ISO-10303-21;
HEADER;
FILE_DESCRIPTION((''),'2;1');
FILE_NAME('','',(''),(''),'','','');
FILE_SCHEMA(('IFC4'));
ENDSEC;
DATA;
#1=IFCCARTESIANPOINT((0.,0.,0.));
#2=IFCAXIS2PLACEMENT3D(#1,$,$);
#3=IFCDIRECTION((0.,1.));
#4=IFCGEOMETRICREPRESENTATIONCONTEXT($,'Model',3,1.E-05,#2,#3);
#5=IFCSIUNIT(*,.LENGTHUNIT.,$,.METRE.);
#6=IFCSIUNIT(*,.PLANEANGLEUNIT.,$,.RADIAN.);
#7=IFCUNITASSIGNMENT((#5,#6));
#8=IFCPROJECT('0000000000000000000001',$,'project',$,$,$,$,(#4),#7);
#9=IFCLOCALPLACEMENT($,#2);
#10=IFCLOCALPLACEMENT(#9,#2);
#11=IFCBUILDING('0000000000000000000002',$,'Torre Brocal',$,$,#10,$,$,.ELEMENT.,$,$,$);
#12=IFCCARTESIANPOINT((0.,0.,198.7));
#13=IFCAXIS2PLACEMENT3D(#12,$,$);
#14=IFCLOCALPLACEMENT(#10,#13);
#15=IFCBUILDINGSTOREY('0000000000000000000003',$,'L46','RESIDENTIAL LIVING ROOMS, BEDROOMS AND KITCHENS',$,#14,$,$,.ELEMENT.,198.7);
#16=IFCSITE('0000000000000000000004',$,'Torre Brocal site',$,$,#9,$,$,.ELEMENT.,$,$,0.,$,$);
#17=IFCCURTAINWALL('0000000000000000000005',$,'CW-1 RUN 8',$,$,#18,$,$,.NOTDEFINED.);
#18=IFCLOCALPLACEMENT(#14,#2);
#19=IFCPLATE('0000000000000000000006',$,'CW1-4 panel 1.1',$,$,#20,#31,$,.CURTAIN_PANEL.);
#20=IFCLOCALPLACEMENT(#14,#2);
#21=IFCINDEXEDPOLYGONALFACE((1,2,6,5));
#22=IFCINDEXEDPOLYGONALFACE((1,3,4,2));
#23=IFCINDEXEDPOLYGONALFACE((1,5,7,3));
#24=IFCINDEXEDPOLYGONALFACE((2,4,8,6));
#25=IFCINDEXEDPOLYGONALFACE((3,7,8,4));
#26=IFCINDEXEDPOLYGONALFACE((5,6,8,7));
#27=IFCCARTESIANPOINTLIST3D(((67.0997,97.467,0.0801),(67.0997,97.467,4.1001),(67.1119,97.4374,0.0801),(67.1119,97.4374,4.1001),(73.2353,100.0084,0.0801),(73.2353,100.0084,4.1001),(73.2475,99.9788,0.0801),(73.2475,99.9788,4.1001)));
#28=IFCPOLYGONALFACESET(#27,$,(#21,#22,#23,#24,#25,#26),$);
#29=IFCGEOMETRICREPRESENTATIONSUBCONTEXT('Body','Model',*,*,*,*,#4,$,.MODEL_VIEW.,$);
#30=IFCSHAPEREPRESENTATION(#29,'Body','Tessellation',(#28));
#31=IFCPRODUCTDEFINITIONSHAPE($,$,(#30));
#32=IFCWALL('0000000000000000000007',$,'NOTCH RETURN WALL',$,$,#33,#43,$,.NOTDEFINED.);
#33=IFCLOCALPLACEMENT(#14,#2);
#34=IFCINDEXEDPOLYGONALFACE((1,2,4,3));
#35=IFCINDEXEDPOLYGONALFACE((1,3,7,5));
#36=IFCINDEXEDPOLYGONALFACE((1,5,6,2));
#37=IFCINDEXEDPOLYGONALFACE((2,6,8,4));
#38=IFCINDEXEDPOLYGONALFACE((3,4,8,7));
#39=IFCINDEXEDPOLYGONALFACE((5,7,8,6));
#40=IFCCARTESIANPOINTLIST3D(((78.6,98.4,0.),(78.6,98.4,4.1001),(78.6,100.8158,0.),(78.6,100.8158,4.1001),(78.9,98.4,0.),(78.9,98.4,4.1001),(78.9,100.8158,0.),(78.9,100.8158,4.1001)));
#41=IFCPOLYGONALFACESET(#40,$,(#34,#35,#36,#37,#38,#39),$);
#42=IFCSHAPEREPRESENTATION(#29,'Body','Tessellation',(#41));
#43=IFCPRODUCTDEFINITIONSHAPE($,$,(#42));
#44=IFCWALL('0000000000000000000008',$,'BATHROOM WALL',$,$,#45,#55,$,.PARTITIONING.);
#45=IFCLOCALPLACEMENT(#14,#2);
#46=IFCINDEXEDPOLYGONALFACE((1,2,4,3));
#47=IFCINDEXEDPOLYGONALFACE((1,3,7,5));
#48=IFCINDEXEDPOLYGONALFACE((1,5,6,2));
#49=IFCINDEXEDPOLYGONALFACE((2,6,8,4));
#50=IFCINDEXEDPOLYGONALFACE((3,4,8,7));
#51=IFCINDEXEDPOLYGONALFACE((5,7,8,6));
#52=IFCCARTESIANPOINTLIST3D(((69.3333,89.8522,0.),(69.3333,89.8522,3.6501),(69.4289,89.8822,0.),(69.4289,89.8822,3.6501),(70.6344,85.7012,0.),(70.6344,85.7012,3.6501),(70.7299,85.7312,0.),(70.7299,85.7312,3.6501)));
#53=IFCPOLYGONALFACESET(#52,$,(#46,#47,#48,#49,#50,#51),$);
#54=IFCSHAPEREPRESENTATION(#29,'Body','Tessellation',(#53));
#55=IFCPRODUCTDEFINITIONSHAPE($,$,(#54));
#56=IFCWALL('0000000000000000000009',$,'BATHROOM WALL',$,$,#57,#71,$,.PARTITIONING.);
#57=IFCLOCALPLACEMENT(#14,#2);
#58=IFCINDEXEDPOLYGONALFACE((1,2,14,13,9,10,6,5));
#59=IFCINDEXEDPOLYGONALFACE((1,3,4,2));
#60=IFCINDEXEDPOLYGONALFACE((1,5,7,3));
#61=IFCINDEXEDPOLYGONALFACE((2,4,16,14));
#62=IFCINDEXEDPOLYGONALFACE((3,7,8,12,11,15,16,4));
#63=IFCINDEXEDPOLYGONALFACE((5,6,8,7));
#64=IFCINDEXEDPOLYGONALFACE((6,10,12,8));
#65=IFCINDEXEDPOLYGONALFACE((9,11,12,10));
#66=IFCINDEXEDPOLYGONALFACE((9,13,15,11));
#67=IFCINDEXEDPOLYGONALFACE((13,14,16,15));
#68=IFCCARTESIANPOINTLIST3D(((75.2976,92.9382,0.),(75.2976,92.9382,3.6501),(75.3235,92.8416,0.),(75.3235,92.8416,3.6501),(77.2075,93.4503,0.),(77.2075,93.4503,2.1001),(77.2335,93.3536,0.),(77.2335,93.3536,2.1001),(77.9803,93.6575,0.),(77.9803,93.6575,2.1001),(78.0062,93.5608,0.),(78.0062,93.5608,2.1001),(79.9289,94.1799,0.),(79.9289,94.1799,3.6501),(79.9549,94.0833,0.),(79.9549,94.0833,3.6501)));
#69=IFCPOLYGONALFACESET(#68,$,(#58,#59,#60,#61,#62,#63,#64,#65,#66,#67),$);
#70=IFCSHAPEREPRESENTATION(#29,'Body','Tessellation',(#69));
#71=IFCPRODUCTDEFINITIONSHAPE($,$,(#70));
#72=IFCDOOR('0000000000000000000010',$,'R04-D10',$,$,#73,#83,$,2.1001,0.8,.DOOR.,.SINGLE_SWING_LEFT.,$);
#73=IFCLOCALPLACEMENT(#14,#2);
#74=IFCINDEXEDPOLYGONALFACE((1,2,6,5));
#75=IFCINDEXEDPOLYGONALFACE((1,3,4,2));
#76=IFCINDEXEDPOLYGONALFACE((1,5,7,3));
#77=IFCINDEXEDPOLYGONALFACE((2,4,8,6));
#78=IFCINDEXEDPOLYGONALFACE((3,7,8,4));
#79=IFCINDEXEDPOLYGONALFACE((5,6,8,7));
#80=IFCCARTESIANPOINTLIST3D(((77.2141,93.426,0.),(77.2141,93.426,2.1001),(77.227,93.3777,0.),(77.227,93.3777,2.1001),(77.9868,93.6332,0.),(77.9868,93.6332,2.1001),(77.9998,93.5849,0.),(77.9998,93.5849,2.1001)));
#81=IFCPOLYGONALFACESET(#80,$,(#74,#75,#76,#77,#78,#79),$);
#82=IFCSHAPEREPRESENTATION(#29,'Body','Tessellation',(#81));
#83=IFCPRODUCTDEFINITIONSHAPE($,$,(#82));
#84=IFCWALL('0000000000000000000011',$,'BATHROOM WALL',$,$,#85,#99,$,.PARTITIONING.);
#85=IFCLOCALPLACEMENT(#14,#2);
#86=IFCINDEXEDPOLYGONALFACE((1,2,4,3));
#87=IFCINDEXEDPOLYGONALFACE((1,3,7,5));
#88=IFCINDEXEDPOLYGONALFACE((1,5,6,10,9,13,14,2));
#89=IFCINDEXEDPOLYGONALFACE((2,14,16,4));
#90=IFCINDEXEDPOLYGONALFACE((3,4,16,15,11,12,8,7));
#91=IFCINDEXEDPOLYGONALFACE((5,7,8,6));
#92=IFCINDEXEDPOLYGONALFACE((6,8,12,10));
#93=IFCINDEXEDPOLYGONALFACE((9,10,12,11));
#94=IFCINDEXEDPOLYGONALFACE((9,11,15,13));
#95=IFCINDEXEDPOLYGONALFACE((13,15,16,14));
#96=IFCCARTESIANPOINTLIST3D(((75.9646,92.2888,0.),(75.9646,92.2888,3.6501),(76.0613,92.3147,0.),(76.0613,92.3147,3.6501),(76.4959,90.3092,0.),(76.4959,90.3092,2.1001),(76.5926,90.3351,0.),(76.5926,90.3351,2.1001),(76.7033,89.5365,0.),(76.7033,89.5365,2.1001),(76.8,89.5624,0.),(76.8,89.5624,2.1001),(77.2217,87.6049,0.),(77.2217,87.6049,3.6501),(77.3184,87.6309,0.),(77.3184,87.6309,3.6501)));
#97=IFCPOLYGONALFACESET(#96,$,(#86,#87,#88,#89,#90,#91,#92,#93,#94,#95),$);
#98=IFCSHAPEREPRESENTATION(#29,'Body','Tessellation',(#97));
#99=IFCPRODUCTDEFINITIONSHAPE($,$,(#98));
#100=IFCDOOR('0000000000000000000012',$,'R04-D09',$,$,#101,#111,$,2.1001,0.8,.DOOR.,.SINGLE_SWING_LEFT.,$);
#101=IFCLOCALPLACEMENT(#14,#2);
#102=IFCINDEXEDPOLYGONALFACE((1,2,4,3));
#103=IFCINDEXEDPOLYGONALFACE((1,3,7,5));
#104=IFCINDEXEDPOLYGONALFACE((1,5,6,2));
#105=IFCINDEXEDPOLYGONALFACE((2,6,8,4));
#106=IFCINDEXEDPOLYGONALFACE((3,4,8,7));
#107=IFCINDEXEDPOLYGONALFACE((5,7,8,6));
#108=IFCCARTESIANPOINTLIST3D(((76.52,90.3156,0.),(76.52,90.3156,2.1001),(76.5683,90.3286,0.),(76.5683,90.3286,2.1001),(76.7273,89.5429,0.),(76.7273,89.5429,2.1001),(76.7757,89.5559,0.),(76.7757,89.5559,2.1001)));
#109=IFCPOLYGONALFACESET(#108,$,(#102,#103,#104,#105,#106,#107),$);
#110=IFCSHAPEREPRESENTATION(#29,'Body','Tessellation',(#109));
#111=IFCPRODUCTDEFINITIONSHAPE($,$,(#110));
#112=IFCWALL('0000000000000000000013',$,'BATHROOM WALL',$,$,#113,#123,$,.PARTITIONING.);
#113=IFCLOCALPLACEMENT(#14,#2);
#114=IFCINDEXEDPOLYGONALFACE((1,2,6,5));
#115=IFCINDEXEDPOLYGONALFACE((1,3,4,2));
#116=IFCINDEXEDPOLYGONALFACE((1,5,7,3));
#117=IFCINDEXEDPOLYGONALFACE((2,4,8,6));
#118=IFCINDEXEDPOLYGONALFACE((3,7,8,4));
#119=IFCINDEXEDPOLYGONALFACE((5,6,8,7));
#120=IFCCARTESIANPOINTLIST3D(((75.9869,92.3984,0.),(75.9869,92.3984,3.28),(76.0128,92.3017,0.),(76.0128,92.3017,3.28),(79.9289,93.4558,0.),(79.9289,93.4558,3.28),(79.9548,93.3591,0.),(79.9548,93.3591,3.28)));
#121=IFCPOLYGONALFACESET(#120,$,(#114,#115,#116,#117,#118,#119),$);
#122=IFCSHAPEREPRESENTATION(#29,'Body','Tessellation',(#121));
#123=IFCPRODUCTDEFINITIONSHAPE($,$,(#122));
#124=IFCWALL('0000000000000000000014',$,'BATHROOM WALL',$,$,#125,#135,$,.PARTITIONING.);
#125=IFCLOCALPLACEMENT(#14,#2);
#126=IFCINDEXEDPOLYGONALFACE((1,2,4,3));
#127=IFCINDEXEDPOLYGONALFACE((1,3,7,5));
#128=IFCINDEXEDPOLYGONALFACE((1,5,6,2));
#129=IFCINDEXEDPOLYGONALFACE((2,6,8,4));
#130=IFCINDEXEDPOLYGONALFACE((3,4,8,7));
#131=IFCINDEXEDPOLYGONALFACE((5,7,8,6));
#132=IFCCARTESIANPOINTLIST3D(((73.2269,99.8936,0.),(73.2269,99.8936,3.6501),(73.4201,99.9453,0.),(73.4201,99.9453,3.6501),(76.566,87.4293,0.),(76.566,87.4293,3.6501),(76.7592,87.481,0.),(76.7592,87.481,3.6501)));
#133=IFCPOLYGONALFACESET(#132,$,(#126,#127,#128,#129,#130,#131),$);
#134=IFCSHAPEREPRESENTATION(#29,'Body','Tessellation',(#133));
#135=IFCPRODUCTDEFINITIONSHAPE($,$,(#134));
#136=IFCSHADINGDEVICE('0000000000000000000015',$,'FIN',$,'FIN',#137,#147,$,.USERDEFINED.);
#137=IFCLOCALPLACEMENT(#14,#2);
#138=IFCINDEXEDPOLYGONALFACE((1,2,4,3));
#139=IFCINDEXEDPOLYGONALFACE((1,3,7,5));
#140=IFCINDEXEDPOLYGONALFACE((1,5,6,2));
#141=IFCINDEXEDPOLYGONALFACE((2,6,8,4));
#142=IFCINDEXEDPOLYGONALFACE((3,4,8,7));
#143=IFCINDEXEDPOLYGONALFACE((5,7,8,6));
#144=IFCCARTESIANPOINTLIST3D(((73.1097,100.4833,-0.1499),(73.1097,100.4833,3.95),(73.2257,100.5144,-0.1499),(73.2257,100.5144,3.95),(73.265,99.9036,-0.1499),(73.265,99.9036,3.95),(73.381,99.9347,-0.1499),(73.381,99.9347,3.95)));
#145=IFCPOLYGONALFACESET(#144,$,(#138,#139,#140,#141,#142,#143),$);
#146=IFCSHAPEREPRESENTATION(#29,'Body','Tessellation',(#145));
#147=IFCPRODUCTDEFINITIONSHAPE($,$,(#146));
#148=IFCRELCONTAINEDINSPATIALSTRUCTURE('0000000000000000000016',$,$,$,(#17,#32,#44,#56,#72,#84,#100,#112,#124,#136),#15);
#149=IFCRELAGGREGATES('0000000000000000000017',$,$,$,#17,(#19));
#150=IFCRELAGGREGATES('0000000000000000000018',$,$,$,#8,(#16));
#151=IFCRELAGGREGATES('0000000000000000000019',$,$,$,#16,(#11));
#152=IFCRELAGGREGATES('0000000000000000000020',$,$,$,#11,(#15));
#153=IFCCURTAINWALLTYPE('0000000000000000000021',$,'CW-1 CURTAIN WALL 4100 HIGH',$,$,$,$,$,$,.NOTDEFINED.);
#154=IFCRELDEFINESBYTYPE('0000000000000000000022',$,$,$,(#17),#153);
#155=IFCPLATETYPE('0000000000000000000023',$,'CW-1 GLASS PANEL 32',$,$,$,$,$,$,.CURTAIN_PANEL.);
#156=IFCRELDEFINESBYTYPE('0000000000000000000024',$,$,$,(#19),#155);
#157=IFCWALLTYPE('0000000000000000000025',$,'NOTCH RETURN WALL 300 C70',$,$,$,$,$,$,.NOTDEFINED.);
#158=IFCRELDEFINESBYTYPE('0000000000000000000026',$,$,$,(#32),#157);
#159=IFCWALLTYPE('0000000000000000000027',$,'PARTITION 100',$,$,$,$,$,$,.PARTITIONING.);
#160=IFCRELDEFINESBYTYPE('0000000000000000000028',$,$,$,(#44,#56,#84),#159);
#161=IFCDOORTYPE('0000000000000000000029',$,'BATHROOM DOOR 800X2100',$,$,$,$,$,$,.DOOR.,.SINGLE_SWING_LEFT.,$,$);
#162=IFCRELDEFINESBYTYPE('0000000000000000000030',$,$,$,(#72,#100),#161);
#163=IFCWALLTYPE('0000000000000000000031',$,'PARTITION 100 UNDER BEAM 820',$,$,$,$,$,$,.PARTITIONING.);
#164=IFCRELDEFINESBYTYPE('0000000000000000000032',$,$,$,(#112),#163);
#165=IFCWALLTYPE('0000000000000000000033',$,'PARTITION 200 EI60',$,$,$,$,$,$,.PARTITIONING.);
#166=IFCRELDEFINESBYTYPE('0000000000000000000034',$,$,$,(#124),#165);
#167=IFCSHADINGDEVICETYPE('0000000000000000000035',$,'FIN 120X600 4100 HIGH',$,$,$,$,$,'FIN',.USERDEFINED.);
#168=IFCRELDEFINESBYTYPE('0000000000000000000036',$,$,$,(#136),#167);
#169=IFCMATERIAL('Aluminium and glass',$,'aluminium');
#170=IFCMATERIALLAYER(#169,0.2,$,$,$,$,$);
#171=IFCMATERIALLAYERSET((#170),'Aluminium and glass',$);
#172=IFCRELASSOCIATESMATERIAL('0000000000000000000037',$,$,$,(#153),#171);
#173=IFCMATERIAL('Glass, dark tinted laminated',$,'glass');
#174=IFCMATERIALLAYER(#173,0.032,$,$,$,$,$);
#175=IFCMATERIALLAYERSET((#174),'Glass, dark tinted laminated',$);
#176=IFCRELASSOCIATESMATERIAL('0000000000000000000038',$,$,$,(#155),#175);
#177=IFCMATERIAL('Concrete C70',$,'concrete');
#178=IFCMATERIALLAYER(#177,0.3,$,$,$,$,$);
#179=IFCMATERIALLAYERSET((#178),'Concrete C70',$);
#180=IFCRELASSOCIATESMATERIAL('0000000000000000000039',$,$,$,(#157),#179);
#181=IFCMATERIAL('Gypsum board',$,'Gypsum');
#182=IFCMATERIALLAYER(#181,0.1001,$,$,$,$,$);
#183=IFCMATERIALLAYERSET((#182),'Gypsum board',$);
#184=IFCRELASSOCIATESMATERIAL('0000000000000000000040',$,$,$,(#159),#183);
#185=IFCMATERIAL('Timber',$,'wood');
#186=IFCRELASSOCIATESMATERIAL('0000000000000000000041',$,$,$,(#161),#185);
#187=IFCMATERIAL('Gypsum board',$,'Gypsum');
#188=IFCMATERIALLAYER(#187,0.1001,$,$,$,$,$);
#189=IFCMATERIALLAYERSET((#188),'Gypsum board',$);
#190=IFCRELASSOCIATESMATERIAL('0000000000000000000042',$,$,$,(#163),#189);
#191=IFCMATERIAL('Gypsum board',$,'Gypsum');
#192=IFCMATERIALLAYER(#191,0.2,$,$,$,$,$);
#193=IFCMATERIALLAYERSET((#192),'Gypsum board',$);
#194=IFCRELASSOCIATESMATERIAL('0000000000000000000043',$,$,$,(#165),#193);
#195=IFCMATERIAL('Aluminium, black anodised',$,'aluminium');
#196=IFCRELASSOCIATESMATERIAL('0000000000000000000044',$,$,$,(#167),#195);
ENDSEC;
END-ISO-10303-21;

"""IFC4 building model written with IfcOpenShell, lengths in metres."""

from ifc_helpers import new_model, si_unit, direction, frame, frame_2d, origin, origin_2d, place, context, subcontext, project, spatial, rectangle, extrude, material, layer, layer_set, material_profile, profile_set, type_object, element, fill, aggregate, save


model = new_model("IFC4")

# Units and contexts
model_context = context("Model", 3, precision=1e-05, world=origin(), true_north=direction((0.0, 1.0)))
body_context = subcontext(model_context, "Body", "Model", "MODEL_VIEW")
ifc_project = project(units=[si_unit("LENGTHUNIT", "METRE"), si_unit("PLANEANGLEUNIT", "RADIAN")], contexts=[model_context])

# Site, building, storey
site_placement = place(None, origin())
site = spatial("IfcSite", under=ifc_project, at=site_placement, Name="Torre Brocal site", CompositionType="ELEMENT", RefElevation=0.0)
building_placement = place(site_placement, origin())
building = spatial("IfcBuilding", under=site, at=building_placement, Name="Torre Brocal", CompositionType="ELEMENT")
storey_placement = place(building_placement, frame((0.0, 0.0, 198.7)))
storey = spatial("IfcBuildingStorey", under=building, at=storey_placement, Name="L46", Description="RESIDENTIAL LIVING ROOMS, BEDROOMS AND KITCHENS", CompositionType="ELEMENT", Elevation=198.7)

# Shared definitions
ifc_material_1 = material(Name="Aluminium and glass", Category="aluminium")
ifc_layer_1 = layer(ifc_material_1, 0.2)
ifc_layer_set_1 = layer_set([ifc_layer_1], Name="Aluminium and glass")
curtain_wall_type = type_object("IfcCurtainWallType", Name="CW-1 CURTAIN WALL 4100 HIGH", PredefinedType="NOTDEFINED", material=ifc_layer_set_1)

# Curtain wall
curtain_wall_1_placement = place(storey_placement, origin())
curtain_wall_1 = element("IfcCurtainWall", 1, at=curtain_wall_1_placement, inside=storey, type_object=curtain_wall_type, Name="CW-1 RUN 8", PredefinedType="NOTDEFINED")

# Plate
ifc_material_2 = material(Name="Glass, dark tinted laminated", Category="glass")
ifc_layer_2 = layer(ifc_material_2, 0.032)
ifc_layer_set_2 = layer_set([ifc_layer_2], Name="Glass, dark tinted laminated")
plate_type = type_object("IfcPlateType", Name="CW-1 GLASS PANEL 32", PredefinedType="CURTAIN_PANEL", material=ifc_layer_set_2)
plate_1_placement = place(storey_placement, frame((70.1736, 98.7229, 0.0801), z_axis=(0.0, 0.0, 1.0), x_axis=(-0.92388, -0.382683, 0.0)))
plate_1 = element("IfcPlate", 2, at=plate_1_placement, type_object=plate_type, Name="CW1-4 panel 1.1", PredefinedType="CURTAIN_PANEL", context=body_context, shape_type="SweptSolid", body=[
    extrude(rectangle(XDim=6.6411, YDim=0.032, at=origin_2d()), origin(), (0.0, 0.0, 1.0), 4.02),
])
aggregate(curtain_wall_1, [plate_1])

# Walls
ifc_material_3 = material(Name="Concrete C70", Category="concrete")
ifc_layer_3 = layer(ifc_material_3, 0.3)
ifc_layer_set_3 = layer_set([ifc_layer_3], Name="Concrete C70")
wall_type_1 = type_object("IfcWallType", Name="NOTCH RETURN WALL 300 C70", PredefinedType="NOTDEFINED", material=ifc_layer_set_3)
wall_1_placement = place(storey_placement, frame((78.75, 98.3999, 0.0), z_axis=(0.0, 0.0, 1.0), x_axis=(0.0, 1.0, 0.0)))
element("IfcWall", 3, at=wall_1_placement, inside=storey, type_object=wall_type_1, Name="NOTCH RETURN WALL", PredefinedType="NOTDEFINED", context=body_context, shape_type="SweptSolid", body=[
    extrude(rectangle(XDim=2.4158, YDim=0.3, at=frame_2d((1.208, 0.0))), origin(), (0.0, 0.0, 1.0), 4.1001),
])
ifc_material_4 = material(Name="Gypsum board", Category="Gypsum")
ifc_layer_4 = layer(ifc_material_4, 0.1001)
ifc_layer_set_4 = layer_set([ifc_layer_4], Name="Gypsum board")
wall_type_2 = type_object("IfcWallType", Name="PARTITION 100", PredefinedType="PARTITIONING", material=ifc_layer_set_4)
wall_2_placement = place(storey_placement, frame((69.3811, 89.8672, 0.0), z_axis=(0.0, 0.0, 1.0), x_axis=(0.299087, -0.954226, 0.0)))
element("IfcWall", 4, at=wall_2_placement, inside=storey, type_object=wall_type_2, Name="BATHROOM WALL", PredefinedType="PARTITIONING", context=body_context, shape_type="SweptSolid", body=[
    extrude(rectangle(XDim=4.3501, YDim=0.1001, at=frame_2d((2.175, 0.0))), origin(), (0.0, 0.0, 1.0), 3.6501),
])

# Walls, openings, doors
wall_3_placement = place(storey_placement, frame((75.3105, 92.8899, 0.0), z_axis=(0.0, 0.0, 1.0), x_axis=(0.965888, 0.258962, 0.0)))
wall_3 = element("IfcWall", 5, at=wall_3_placement, inside=storey, type_object=wall_type_2, Name="BATHROOM WALL", PredefinedType="PARTITIONING", context=body_context, shape_type="SweptSolid", body=[
    extrude(rectangle(XDim=4.7949, YDim=0.1001, at=frame_2d((2.3975, 0.0))), origin(), (0.0, 0.0, 1.0), 3.6501),
])
opening_1_placement = place(wall_3_placement, frame((1.9775, 0.0, 0.0)))
opening_1 = element("IfcOpeningElement", 6, at=opening_1_placement, cuts=wall_3, PredefinedType="OPENING", context=body_context, shape_type="SweptSolid", body=[
    extrude(rectangle(XDim=0.8, YDim=2.1001, at=frame_2d((0.3999, 1.05))), frame((0.0, 0.0601, 0.0), z_axis=(0.0, -1.0, 0.0), x_axis=(1.0, 0.0, 0.0)), (0.0, 0.0, 1.0), 0.1201),
])
ifc_material_5 = material(Name="Timber", Category="wood")
door_type = type_object("IfcDoorType", Name="BATHROOM DOOR 800X2100", OperationType="SINGLE_SWING_LEFT", PredefinedType="DOOR", material=ifc_material_5)
door_1_placement = place(opening_1_placement, origin())
door_1 = element("IfcDoor", 7, at=door_1_placement, inside=storey, type_object=door_type, Name="R04-D10", OperationType="SINGLE_SWING_LEFT", OverallHeight=2.1001, OverallWidth=0.8, PredefinedType="DOOR", context=body_context, shape_type="SweptSolid", body=[
    extrude(rectangle(XDim=0.8, YDim=2.1001, at=frame_2d((0.3999, 1.05))), frame((0.0, 0.0249, 0.0), z_axis=(0.0, -1.0, 0.0), x_axis=(1.0, 0.0, 0.0)), (0.0, 0.0, 1.0), 0.05),
])
fill(opening_1, door_1)
wall_4_placement = place(storey_placement, frame((76.0129, 92.3018, 0.0), z_axis=(0.0, 0.0, 1.0), x_axis=(0.259213, -0.96582, 0.0)))
wall_4 = element("IfcWall", 8, at=wall_4_placement, inside=storey, type_object=wall_type_2, Name="BATHROOM WALL", PredefinedType="PARTITIONING", context=body_context, shape_type="SweptSolid", body=[
    extrude(rectangle(XDim=4.8496, YDim=0.1001, at=frame_2d((2.4248, 0.0))), origin(), (0.0, 0.0, 1.0), 3.6501),
])
opening_2_placement = place(wall_4_placement, frame((2.0498, 0.0, 0.0)))
opening_2 = element("IfcOpeningElement", 9, at=opening_2_placement, cuts=wall_4, PredefinedType="OPENING", context=body_context, shape_type="SweptSolid", body=[
    extrude(rectangle(XDim=0.8, YDim=2.1001, at=frame_2d((0.3999, 1.05))), frame((0.0, 0.0601, 0.0), z_axis=(0.0, -1.0, 0.0), x_axis=(1.0, 0.0, 0.0)), (0.0, 0.0, 1.0), 0.1201),
])
door_2_placement = place(opening_2_placement, origin())
door_2 = element("IfcDoor", 10, at=door_2_placement, inside=storey, type_object=door_type, Name="R04-D09", OperationType="SINGLE_SWING_LEFT", OverallHeight=2.1001, OverallWidth=0.8, PredefinedType="DOOR", context=body_context, shape_type="SweptSolid", body=[
    extrude(rectangle(XDim=0.8, YDim=2.1001, at=frame_2d((0.3999, 1.05))), frame((0.0, 0.0249, 0.0), z_axis=(0.0, -1.0, 0.0), x_axis=(1.0, 0.0, 0.0)), (0.0, 0.0, 1.0), 0.05),
])
fill(opening_2, door_2)

# Walls
ifc_material_6 = material(Name="Gypsum board", Category="Gypsum")
ifc_layer_5 = layer(ifc_material_6, 0.1001)
ifc_layer_set_5 = layer_set([ifc_layer_5], Name="Gypsum board")
wall_type_3 = type_object("IfcWallType", Name="PARTITION 100 UNDER BEAM 820", PredefinedType="PARTITIONING", material=ifc_layer_set_5)
wall_5_placement = place(storey_placement, frame((76.0, 92.3501, 0.0), z_axis=(0.0, 0.0, 1.0), x_axis=(0.965856, 0.259081, 0.0)))
element("IfcWall", 11, at=wall_5_placement, inside=storey, type_object=wall_type_3, Name="BATHROOM WALL", PredefinedType="PARTITIONING", context=body_context, shape_type="SweptSolid", body=[
    extrude(rectangle(XDim=4.0813, YDim=0.1001, at=frame_2d((2.0405, 0.0))), origin(), (0.0, 0.0, 1.0), 3.28),
])
ifc_material_7 = material(Name="Gypsum board", Category="Gypsum")
ifc_layer_6 = layer(ifc_material_7, 0.2)
ifc_layer_set_6 = layer_set([ifc_layer_6], Name="Gypsum board")
wall_type_4 = type_object("IfcWallType", Name="PARTITION 200 EI60", PredefinedType="PARTITIONING", material=ifc_layer_set_6)
wall_6_placement = place(storey_placement, frame((73.3235, 99.9194, 0.0), z_axis=(0.0, 0.0, 1.0), x_axis=(0.258768, -0.965939, 0.0)))
element("IfcWall", 12, at=wall_6_placement, inside=storey, type_object=wall_type_4, Name="BATHROOM WALL", PredefinedType="PARTITIONING", context=body_context, shape_type="SweptSolid", body=[
    extrude(rectangle(XDim=12.9038, YDim=0.2, at=frame_2d((6.4519, 0.0))), origin(), (0.0, 0.0, 1.0), 3.6501),
])

# Shading device
ifc_material_8 = material(Name="Aluminium, black anodised", Category="aluminium")
ifc_material_profile_1 = material_profile(ifc_material_8, rectangle(XDim=0.1201, YDim=0.6001, at=origin_2d()), Name="FIN 120X600 4100 HIGH")
ifc_profile_set_1 = profile_set([ifc_material_profile_1], Name="Aluminium, black anodised")
shading_device_type = type_object("IfcShadingDeviceType", Name="FIN 120X600 4100 HIGH", ElementType="FIN", PredefinedType="USERDEFINED", material=ifc_profile_set_1)
shading_device_placement = place(storey_placement, frame((73.2454, 100.209, -0.1499), z_axis=(0.0, 0.0, 1.0), x_axis=(-0.965926, -0.258819, 0.0)))
element("IfcShadingDevice", 13, at=shading_device_placement, inside=storey, type_object=shading_device_type, Name="FIN", ObjectType="FIN", PredefinedType="USERDEFINED", context=body_context, shape_type="SweptSolid", body=[
    extrude(rectangle(XDim=0.1201, YDim=0.6001, at=origin_2d()), origin(), (0.0, 0.0, 1.0), 4.0999),
])

save(model, "model.ifc")
